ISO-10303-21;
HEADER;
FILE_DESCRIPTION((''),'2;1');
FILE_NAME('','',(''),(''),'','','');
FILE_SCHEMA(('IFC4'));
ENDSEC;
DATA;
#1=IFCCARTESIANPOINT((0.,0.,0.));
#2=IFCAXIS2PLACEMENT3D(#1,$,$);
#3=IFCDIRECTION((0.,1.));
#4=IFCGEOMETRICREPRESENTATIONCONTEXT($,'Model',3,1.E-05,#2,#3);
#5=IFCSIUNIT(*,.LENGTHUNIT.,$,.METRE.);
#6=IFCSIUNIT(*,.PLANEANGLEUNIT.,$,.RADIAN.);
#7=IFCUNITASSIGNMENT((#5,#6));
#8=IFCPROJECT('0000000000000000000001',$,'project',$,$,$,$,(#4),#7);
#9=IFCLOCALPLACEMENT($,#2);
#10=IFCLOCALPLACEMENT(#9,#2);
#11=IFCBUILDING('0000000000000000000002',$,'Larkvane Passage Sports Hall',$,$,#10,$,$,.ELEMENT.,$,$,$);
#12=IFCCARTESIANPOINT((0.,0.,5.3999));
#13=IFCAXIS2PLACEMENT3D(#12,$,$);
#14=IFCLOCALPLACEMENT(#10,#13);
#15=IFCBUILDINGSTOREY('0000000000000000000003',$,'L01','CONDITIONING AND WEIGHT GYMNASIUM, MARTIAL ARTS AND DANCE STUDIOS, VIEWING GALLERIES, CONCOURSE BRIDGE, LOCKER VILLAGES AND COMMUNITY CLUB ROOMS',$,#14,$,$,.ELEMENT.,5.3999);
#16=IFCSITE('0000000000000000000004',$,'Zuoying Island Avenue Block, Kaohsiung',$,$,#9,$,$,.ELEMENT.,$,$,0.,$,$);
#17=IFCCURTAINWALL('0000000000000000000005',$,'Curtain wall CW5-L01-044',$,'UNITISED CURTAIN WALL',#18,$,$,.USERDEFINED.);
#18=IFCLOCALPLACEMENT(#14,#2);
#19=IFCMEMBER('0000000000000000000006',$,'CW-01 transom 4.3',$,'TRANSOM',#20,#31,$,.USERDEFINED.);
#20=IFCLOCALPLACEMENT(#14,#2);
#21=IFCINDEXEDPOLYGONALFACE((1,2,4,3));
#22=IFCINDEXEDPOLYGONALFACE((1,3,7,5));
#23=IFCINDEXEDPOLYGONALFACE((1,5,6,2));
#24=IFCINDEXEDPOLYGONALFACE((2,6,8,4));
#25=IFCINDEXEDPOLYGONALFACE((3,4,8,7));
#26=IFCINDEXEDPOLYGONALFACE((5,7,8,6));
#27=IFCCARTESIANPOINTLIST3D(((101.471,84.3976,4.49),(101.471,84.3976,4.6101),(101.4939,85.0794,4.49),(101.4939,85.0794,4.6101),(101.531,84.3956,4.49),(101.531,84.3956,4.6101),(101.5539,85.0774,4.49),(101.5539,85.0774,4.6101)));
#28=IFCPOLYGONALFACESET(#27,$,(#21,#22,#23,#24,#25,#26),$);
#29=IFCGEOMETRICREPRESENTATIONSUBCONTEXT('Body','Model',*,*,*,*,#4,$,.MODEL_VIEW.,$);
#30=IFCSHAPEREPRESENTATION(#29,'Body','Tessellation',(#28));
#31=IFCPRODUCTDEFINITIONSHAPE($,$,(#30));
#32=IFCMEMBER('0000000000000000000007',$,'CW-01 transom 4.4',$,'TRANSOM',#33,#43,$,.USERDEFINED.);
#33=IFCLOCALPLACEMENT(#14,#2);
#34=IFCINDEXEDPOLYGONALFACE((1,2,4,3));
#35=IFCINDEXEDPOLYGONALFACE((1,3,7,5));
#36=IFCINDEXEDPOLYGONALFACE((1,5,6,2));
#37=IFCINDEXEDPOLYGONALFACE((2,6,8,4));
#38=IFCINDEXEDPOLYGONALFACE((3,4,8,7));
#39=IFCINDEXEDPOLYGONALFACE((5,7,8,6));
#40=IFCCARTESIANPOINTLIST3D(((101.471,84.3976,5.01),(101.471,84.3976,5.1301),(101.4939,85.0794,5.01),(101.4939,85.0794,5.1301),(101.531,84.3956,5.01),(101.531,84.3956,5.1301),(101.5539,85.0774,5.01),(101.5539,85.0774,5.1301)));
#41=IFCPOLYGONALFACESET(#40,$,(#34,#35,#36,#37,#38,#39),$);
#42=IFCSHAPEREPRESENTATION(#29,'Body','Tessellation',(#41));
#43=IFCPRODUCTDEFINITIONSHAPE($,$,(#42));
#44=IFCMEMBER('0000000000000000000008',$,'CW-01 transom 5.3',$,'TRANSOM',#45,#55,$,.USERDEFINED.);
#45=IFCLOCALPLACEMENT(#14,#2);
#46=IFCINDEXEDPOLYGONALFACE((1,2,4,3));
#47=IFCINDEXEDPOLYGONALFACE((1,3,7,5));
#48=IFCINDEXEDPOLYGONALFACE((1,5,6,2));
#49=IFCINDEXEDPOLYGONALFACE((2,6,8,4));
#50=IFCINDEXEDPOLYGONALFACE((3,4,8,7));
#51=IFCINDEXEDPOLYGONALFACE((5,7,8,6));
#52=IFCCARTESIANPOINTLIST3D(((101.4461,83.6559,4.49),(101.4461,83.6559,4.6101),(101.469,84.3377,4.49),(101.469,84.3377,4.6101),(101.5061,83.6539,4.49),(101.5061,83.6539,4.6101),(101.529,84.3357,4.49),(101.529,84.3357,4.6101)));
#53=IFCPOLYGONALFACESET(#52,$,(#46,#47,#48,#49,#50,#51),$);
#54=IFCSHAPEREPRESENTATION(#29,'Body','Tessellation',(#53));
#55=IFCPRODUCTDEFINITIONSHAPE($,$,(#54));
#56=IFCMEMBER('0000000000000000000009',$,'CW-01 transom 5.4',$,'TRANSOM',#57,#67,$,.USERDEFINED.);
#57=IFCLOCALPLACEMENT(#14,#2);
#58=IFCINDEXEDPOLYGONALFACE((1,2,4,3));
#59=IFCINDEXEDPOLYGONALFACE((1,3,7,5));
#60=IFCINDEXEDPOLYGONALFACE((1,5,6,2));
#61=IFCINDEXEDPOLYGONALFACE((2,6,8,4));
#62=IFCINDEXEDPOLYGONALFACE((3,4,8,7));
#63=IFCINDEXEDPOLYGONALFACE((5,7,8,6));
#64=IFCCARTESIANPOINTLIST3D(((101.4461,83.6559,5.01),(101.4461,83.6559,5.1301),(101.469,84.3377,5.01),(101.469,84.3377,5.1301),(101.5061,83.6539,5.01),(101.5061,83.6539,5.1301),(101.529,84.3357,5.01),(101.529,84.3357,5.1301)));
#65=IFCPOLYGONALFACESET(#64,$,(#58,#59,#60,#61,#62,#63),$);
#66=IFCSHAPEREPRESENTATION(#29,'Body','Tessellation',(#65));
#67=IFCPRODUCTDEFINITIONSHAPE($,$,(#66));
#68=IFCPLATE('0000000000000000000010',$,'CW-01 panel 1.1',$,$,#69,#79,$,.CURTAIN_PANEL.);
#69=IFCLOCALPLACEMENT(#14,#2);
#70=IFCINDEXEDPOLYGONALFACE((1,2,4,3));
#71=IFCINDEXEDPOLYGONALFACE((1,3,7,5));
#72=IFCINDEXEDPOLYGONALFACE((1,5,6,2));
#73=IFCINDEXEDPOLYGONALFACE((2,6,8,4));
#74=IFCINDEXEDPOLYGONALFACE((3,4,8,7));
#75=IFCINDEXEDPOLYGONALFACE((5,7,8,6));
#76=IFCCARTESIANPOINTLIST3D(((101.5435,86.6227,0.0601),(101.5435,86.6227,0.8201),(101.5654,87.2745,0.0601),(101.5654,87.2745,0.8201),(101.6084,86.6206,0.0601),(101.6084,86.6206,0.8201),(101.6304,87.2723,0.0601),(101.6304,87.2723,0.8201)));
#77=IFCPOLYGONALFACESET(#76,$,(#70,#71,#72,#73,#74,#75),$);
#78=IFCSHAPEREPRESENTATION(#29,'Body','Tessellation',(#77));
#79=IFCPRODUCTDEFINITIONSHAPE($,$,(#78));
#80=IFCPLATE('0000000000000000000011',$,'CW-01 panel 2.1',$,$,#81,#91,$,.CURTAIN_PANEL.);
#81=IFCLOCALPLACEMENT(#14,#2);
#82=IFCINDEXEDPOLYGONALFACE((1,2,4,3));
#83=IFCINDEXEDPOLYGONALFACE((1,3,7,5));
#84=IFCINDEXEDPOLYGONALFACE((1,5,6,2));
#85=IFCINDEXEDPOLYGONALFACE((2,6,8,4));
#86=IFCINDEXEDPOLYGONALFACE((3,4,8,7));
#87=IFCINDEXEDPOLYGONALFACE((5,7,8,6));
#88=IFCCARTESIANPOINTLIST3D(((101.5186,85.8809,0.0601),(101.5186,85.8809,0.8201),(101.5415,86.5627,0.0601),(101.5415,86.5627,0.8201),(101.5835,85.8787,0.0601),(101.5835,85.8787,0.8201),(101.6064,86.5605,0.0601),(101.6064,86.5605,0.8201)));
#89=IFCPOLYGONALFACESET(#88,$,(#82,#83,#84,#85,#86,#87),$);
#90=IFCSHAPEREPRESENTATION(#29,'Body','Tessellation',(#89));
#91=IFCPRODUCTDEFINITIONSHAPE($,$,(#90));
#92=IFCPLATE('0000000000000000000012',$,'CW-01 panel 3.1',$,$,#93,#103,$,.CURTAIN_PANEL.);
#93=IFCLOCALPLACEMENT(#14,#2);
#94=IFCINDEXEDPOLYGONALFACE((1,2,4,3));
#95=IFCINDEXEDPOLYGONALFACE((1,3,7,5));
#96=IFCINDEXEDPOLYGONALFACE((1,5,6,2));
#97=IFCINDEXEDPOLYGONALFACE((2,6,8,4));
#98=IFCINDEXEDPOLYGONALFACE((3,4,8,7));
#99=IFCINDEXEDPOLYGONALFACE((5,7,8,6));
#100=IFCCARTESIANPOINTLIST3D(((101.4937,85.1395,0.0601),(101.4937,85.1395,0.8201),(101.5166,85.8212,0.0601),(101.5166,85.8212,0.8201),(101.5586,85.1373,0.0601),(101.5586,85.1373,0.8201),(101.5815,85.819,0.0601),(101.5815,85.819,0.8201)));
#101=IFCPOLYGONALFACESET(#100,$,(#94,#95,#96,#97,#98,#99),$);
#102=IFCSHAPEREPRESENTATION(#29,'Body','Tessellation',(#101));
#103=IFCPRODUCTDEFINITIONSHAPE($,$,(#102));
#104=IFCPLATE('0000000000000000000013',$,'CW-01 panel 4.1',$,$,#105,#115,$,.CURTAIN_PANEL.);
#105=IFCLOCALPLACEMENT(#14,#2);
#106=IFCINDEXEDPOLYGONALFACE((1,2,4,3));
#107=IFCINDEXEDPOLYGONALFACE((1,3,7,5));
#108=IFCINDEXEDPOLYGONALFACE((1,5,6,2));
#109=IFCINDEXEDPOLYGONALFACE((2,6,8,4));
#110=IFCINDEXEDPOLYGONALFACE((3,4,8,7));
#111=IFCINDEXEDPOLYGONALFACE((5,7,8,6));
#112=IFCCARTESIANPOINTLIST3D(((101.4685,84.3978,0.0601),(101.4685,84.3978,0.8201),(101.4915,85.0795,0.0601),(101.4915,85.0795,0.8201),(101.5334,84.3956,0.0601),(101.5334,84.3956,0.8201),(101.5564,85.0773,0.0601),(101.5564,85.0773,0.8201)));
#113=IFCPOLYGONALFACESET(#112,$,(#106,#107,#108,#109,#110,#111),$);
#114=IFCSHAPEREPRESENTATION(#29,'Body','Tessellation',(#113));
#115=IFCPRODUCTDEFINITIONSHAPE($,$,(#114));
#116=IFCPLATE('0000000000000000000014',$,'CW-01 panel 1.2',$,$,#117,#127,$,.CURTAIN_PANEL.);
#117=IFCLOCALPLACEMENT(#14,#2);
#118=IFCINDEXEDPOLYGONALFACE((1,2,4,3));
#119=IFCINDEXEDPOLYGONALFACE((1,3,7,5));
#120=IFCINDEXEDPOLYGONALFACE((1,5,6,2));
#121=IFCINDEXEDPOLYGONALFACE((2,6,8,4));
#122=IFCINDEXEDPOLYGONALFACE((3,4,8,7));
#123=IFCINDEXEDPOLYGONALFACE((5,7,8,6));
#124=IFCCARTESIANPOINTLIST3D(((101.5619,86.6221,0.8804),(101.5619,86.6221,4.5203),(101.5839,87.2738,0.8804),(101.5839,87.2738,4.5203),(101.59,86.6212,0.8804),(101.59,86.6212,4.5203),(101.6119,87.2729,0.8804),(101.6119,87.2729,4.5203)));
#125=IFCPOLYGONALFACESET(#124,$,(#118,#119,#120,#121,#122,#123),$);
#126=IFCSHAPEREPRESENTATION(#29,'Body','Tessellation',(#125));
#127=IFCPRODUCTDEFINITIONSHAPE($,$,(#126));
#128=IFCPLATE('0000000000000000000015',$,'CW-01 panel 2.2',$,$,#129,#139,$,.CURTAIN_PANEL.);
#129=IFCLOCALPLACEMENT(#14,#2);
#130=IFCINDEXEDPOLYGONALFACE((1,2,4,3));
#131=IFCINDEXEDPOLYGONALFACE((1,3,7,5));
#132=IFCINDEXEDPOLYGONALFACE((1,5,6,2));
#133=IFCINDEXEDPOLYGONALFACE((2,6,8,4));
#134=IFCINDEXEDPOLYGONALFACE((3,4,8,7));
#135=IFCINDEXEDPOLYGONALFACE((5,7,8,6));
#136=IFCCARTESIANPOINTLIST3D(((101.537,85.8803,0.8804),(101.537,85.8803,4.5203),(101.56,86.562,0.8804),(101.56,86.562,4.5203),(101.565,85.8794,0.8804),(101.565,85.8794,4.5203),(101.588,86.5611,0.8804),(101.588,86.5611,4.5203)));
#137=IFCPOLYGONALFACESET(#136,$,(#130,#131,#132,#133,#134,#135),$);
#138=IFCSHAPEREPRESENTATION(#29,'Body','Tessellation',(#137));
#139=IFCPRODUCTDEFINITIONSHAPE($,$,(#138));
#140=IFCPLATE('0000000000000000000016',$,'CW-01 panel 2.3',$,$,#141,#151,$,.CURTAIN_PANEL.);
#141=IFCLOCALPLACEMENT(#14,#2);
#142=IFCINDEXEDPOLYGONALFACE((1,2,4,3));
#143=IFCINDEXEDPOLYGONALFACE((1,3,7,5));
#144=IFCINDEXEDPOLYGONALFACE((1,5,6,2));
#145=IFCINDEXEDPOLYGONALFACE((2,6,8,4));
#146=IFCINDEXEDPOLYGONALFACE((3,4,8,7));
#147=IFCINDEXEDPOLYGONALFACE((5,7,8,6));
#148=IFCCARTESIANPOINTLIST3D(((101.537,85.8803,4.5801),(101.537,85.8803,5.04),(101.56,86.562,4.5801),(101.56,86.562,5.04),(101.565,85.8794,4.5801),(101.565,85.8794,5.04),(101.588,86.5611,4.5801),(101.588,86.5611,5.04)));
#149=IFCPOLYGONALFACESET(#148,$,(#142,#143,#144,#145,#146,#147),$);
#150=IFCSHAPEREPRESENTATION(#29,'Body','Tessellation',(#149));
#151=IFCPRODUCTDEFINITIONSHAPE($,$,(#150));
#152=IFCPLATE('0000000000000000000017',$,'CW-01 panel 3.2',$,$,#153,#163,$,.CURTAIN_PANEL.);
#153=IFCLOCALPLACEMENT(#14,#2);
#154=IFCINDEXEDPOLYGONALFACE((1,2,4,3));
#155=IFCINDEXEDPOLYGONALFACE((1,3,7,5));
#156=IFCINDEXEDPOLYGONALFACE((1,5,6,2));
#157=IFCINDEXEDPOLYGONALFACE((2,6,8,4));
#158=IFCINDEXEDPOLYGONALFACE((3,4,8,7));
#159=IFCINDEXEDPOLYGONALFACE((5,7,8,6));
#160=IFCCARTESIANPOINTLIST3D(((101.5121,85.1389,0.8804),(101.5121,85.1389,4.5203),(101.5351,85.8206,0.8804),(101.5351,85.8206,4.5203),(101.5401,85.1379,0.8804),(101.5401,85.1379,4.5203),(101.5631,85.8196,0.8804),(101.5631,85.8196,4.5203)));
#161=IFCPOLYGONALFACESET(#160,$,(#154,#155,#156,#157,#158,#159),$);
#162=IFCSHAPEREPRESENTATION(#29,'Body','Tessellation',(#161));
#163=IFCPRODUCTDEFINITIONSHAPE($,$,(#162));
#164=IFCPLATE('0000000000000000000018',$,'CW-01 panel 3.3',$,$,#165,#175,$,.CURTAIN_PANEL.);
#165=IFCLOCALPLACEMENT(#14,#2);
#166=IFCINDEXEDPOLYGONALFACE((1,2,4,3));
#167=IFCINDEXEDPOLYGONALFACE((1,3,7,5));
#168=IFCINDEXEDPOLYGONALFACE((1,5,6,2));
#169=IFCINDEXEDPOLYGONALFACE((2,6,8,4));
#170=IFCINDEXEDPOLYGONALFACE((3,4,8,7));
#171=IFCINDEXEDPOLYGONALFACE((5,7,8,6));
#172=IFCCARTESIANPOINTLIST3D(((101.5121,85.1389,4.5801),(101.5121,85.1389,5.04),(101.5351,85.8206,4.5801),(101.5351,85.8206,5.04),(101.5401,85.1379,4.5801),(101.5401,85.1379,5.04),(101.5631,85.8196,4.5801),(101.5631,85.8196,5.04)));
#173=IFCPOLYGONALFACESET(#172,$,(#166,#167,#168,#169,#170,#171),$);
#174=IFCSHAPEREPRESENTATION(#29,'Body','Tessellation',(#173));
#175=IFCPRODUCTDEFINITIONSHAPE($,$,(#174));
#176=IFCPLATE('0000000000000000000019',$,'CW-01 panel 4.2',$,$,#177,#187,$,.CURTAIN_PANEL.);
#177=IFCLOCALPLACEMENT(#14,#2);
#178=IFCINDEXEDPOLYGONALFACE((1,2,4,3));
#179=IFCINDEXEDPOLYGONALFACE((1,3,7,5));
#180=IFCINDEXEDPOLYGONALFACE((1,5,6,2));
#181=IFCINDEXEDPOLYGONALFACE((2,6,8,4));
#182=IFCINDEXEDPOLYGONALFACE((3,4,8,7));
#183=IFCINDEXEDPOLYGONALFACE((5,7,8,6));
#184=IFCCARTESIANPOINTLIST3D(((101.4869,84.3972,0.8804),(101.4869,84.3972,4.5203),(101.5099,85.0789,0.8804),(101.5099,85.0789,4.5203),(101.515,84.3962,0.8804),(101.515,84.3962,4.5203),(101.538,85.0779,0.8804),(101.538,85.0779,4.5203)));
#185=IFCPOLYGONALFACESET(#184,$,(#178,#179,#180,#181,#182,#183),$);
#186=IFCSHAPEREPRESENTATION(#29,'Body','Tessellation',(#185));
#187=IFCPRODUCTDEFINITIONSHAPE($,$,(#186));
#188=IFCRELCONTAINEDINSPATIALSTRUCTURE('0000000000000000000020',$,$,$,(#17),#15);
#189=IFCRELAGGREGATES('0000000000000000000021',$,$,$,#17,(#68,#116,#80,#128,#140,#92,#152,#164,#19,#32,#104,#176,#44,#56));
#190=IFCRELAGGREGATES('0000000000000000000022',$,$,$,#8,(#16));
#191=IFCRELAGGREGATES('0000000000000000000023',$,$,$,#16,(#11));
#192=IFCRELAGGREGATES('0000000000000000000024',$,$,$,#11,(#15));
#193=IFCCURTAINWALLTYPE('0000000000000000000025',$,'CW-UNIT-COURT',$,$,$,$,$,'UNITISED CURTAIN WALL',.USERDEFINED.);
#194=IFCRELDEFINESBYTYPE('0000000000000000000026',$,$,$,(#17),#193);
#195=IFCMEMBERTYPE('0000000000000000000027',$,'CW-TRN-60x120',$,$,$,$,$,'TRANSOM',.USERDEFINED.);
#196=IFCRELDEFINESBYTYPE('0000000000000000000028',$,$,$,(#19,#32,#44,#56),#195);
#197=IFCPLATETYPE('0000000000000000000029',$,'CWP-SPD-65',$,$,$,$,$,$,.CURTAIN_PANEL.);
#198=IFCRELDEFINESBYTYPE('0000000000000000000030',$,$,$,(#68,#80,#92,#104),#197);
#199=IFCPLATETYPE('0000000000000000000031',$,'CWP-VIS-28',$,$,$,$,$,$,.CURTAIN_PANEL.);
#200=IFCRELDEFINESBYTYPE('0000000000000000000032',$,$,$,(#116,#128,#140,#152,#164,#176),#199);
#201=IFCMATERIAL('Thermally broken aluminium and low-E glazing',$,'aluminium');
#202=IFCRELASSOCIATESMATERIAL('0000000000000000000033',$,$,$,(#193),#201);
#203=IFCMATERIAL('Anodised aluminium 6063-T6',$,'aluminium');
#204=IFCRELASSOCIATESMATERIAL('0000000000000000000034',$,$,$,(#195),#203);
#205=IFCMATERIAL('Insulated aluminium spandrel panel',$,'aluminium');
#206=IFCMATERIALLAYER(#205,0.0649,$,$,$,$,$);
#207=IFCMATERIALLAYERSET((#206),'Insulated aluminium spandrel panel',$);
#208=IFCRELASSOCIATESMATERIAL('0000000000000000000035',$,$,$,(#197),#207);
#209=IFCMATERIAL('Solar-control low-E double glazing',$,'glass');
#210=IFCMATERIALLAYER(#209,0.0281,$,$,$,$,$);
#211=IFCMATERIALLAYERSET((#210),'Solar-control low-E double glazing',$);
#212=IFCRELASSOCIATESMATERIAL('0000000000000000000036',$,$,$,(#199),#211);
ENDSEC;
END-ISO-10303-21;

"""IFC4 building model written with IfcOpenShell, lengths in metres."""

from ifc_helpers import new_model, si_unit, direction, frame, origin, origin_2d, place, context, subcontext, project, spatial, rectangle, extrude, material, layer, layer_set, material_profile, profile_set, type_object, element, aggregate, save


model = new_model("IFC4")

# Units and contexts
model_context = context("Model", 3, precision=1e-05, world=origin(), true_north=direction((0.0, 1.0)))
body_context = subcontext(model_context, "Body", "Model", "MODEL_VIEW")
ifc_project = project(units=[si_unit("LENGTHUNIT", "METRE"), si_unit("PLANEANGLEUNIT", "RADIAN")], contexts=[model_context])

# Site, building, storey
site_placement = place(None, origin())
site = spatial("IfcSite", under=ifc_project, at=site_placement, Name="Zuoying Island Avenue Block, Kaohsiung", CompositionType="ELEMENT", RefElevation=0.0)
building_placement = place(site_placement, origin())
building = spatial("IfcBuilding", under=site, at=building_placement, Name="Larkvane Passage Sports Hall", CompositionType="ELEMENT")
storey_placement = place(building_placement, frame((0.0, 0.0, 5.3999)))
storey = spatial("IfcBuildingStorey", under=building, at=storey_placement, Name="L01", Description="CONDITIONING AND WEIGHT GYMNASIUM, MARTIAL ARTS AND DANCE STUDIOS, VIEWING GALLERIES, CONCOURSE BRIDGE, LOCKER VILLAGES AND COMMUNITY CLUB ROOMS", CompositionType="ELEMENT", Elevation=5.3999)

# Curtain wall, members, plates
ifc_material_1 = material(Name="Thermally broken aluminium and low-E glazing", Category="aluminium")
curtain_wall_type = type_object("IfcCurtainWallType", Name="CW-UNIT-COURT", ElementType="UNITISED CURTAIN WALL", PredefinedType="USERDEFINED", material=ifc_material_1)
curtain_wall_placement = place(storey_placement, origin())
curtain_wall = element("IfcCurtainWall", 1, at=curtain_wall_placement, inside=storey, type_object=curtain_wall_type, Name="Curtain wall CW5-L01-044", ObjectType="UNITISED CURTAIN WALL", PredefinedType="USERDEFINED")
ifc_material_2 = material(Name="Anodised aluminium 6063-T6", Category="aluminium")
ifc_material_profile_1 = material_profile(ifc_material_2, rectangle(XDim=0.0601, YDim=0.1201, at=origin_2d()), Name="ALU-TRN-60x120")
ifc_profile_set_1 = profile_set([ifc_material_profile_1], Name="Anodised aluminium 6063-T6")
member_type_1 = type_object("IfcMemberType", Name="CW-TRN-60x120", ElementType="TRANSOM", PredefinedType="USERDEFINED", material=ifc_profile_set_1)
member_1_placement = place(storey_placement, frame((101.5239, 85.0784, 4.55), z_axis=(-0.033649, -0.999434, 0.0), x_axis=(0.999434, -0.033649, 0.0)))
member_1 = element("IfcMember", 2, at=member_1_placement, type_object=member_type_1, Name="CW-01 transom 4.3", ObjectType="TRANSOM", PredefinedType="USERDEFINED", context=body_context, shape_type="SweptSolid", body=[
    extrude(rectangle(XDim=0.0601, YDim=0.1201, at=origin_2d()), origin(), (0.0, 0.0, 1.0), 0.6821),
])
member_2_placement = place(storey_placement, frame((101.5239, 85.0784, 5.0701), z_axis=(-0.033649, -0.999434, 0.0), x_axis=(0.999434, -0.033649, 0.0)))
member_2 = element("IfcMember", 3, at=member_2_placement, type_object=member_type_1, Name="CW-01 transom 4.4", ObjectType="TRANSOM", PredefinedType="USERDEFINED", context=body_context, shape_type="SweptSolid", body=[
    extrude(rectangle(XDim=0.0601, YDim=0.1201, at=origin_2d()), origin(), (0.0, 0.0, 1.0), 0.6821),
])
member_3_placement = place(storey_placement, frame((101.499, 84.3367, 4.55), z_axis=(-0.033649, -0.999434, 0.0), x_axis=(0.999434, -0.033649, 0.0)))
member_3 = element("IfcMember", 4, at=member_3_placement, type_object=member_type_1, Name="CW-01 transom 5.3", ObjectType="TRANSOM", PredefinedType="USERDEFINED", context=body_context, shape_type="SweptSolid", body=[
    extrude(rectangle(XDim=0.0601, YDim=0.1201, at=origin_2d()), origin(), (0.0, 0.0, 1.0), 0.6821),
])
member_4_placement = place(storey_placement, frame((101.499, 84.3367, 5.0701), z_axis=(-0.033649, -0.999434, 0.0), x_axis=(0.999434, -0.033649, 0.0)))
member_4 = element("IfcMember", 5, at=member_4_placement, type_object=member_type_1, Name="CW-01 transom 5.4", ObjectType="TRANSOM", PredefinedType="USERDEFINED", context=body_context, shape_type="SweptSolid", body=[
    extrude(rectangle(XDim=0.0601, YDim=0.1201, at=origin_2d()), origin(), (0.0, 0.0, 1.0), 0.6821),
])
ifc_material_3 = material(Name="Insulated aluminium spandrel panel", Category="aluminium")
ifc_layer_1 = layer(ifc_material_3, 0.0649)
ifc_layer_set_1 = layer_set([ifc_layer_1], Name="Insulated aluminium spandrel panel")
plate_type_1 = type_object("IfcPlateType", Name="CWP-SPD-65", PredefinedType="CURTAIN_PANEL", material=ifc_layer_set_1)
plate_1_placement = place(storey_placement, frame((101.5869, 86.9475, 0.0601), z_axis=(0.0, 0.0, 1.0), x_axis=(-0.033689, -0.999432, 0.0)))
plate_1 = element("IfcPlate", 6, at=plate_1_placement, type_object=plate_type_1, Name="CW-01 panel 1.1", PredefinedType="CURTAIN_PANEL", context=body_context, shape_type="SweptSolid", body=[
    extrude(rectangle(XDim=0.6521, YDim=0.0649, at=origin_2d()), origin(), (0.0, 0.0, 1.0), 0.76),
])
plate_2_placement = place(storey_placement, frame((101.5625, 86.2207, 0.0601), z_axis=(0.0, 0.0, 1.0), x_axis=(-0.033689, -0.999432, 0.0)))
plate_2 = element("IfcPlate", 7, at=plate_2_placement, type_object=plate_type_1, Name="CW-01 panel 2.1", PredefinedType="CURTAIN_PANEL", context=body_context, shape_type="SweptSolid", body=[
    extrude(rectangle(XDim=0.6821, YDim=0.0649, at=origin_2d()), origin(), (0.0, 0.0, 1.0), 0.76),
])
plate_3_placement = place(storey_placement, frame((101.5376, 85.4792, 0.0601), z_axis=(0.0, 0.0, 1.0), x_axis=(-0.033689, -0.999432, 0.0)))
plate_3 = element("IfcPlate", 8, at=plate_3_placement, type_object=plate_type_1, Name="CW-01 panel 3.1", PredefinedType="CURTAIN_PANEL", context=body_context, shape_type="SweptSolid", body=[
    extrude(rectangle(XDim=0.6821, YDim=0.0649, at=origin_2d()), origin(), (0.0, 0.0, 1.0), 0.76),
])
plate_4_placement = place(storey_placement, frame((101.5125, 84.7375, 0.0601), z_axis=(0.0, 0.0, 1.0), x_axis=(-0.033689, -0.999432, 0.0)))
plate_4 = element("IfcPlate", 9, at=plate_4_placement, type_object=plate_type_1, Name="CW-01 panel 4.1", PredefinedType="CURTAIN_PANEL", context=body_context, shape_type="SweptSolid", body=[
    extrude(rectangle(XDim=0.6821, YDim=0.0649, at=origin_2d()), origin(), (0.0, 0.0, 1.0), 0.76),
])
ifc_material_4 = material(Name="Solar-control low-E double glazing", Category="glass")
ifc_layer_2 = layer(ifc_material_4, 0.0281)
ifc_layer_set_2 = layer_set([ifc_layer_2], Name="Solar-control low-E double glazing")
plate_type_2 = type_object("IfcPlateType", Name="CWP-VIS-28", PredefinedType="CURTAIN_PANEL", material=ifc_layer_set_2)
plate_5_placement = place(storey_placement, frame((101.5869, 86.9475, 0.8804), z_axis=(0.0, 0.0, 1.0), x_axis=(-0.033689, -0.999432, 0.0)))
plate_5 = element("IfcPlate", 10, at=plate_5_placement, type_object=plate_type_2, Name="CW-01 panel 1.2", PredefinedType="CURTAIN_PANEL", context=body_context, shape_type="SweptSolid", body=[
    extrude(rectangle(XDim=0.6521, YDim=0.0281, at=origin_2d()), origin(), (0.0, 0.0, 1.0), 3.6399),
])
plate_6_placement = place(storey_placement, frame((101.5625, 86.2207, 0.8804), z_axis=(0.0, 0.0, 1.0), x_axis=(-0.033689, -0.999432, 0.0)))
plate_6 = element("IfcPlate", 11, at=plate_6_placement, type_object=plate_type_2, Name="CW-01 panel 2.2", PredefinedType="CURTAIN_PANEL", context=body_context, shape_type="SweptSolid", body=[
    extrude(rectangle(XDim=0.6821, YDim=0.0281, at=origin_2d()), origin(), (0.0, 0.0, 1.0), 3.6399),
])
plate_7_placement = place(storey_placement, frame((101.5625, 86.2207, 4.5801), z_axis=(0.0, 0.0, 1.0), x_axis=(-0.033689, -0.999432, 0.0)))
plate_7 = element("IfcPlate", 12, at=plate_7_placement, type_object=plate_type_2, Name="CW-01 panel 2.3", PredefinedType="CURTAIN_PANEL", context=body_context, shape_type="SweptSolid", body=[
    extrude(rectangle(XDim=0.6821, YDim=0.0281, at=origin_2d()), origin(), (0.0, 0.0, 1.0), 0.46),
])
plate_8_placement = place(storey_placement, frame((101.5376, 85.4792, 0.8804), z_axis=(0.0, 0.0, 1.0), x_axis=(-0.033689, -0.999432, 0.0)))
plate_8 = element("IfcPlate", 13, at=plate_8_placement, type_object=plate_type_2, Name="CW-01 panel 3.2", PredefinedType="CURTAIN_PANEL", context=body_context, shape_type="SweptSolid", body=[
    extrude(rectangle(XDim=0.6821, YDim=0.0281, at=origin_2d()), origin(), (0.0, 0.0, 1.0), 3.6399),
])
plate_9_placement = place(storey_placement, frame((101.5376, 85.4792, 4.5801), z_axis=(0.0, 0.0, 1.0), x_axis=(-0.033689, -0.999432, 0.0)))
plate_9 = element("IfcPlate", 14, at=plate_9_placement, type_object=plate_type_2, Name="CW-01 panel 3.3", PredefinedType="CURTAIN_PANEL", context=body_context, shape_type="SweptSolid", body=[
    extrude(rectangle(XDim=0.6821, YDim=0.0281, at=origin_2d()), origin(), (0.0, 0.0, 1.0), 0.46),
])
plate_10_placement = place(storey_placement, frame((101.5125, 84.7375, 0.8804), z_axis=(0.0, 0.0, 1.0), x_axis=(-0.033689, -0.999432, 0.0)))
plate_10 = element("IfcPlate", 15, at=plate_10_placement, type_object=plate_type_2, Name="CW-01 panel 4.2", PredefinedType="CURTAIN_PANEL", context=body_context, shape_type="SweptSolid", body=[
    extrude(rectangle(XDim=0.6821, YDim=0.0281, at=origin_2d()), origin(), (0.0, 0.0, 1.0), 3.6399),
])
aggregate(curtain_wall, [plate_1, plate_5, plate_2, plate_6, plate_7, plate_3, plate_8, plate_9, member_1, member_2, plate_4, plate_10, member_3, member_4])

save(model, "model.ifc")
